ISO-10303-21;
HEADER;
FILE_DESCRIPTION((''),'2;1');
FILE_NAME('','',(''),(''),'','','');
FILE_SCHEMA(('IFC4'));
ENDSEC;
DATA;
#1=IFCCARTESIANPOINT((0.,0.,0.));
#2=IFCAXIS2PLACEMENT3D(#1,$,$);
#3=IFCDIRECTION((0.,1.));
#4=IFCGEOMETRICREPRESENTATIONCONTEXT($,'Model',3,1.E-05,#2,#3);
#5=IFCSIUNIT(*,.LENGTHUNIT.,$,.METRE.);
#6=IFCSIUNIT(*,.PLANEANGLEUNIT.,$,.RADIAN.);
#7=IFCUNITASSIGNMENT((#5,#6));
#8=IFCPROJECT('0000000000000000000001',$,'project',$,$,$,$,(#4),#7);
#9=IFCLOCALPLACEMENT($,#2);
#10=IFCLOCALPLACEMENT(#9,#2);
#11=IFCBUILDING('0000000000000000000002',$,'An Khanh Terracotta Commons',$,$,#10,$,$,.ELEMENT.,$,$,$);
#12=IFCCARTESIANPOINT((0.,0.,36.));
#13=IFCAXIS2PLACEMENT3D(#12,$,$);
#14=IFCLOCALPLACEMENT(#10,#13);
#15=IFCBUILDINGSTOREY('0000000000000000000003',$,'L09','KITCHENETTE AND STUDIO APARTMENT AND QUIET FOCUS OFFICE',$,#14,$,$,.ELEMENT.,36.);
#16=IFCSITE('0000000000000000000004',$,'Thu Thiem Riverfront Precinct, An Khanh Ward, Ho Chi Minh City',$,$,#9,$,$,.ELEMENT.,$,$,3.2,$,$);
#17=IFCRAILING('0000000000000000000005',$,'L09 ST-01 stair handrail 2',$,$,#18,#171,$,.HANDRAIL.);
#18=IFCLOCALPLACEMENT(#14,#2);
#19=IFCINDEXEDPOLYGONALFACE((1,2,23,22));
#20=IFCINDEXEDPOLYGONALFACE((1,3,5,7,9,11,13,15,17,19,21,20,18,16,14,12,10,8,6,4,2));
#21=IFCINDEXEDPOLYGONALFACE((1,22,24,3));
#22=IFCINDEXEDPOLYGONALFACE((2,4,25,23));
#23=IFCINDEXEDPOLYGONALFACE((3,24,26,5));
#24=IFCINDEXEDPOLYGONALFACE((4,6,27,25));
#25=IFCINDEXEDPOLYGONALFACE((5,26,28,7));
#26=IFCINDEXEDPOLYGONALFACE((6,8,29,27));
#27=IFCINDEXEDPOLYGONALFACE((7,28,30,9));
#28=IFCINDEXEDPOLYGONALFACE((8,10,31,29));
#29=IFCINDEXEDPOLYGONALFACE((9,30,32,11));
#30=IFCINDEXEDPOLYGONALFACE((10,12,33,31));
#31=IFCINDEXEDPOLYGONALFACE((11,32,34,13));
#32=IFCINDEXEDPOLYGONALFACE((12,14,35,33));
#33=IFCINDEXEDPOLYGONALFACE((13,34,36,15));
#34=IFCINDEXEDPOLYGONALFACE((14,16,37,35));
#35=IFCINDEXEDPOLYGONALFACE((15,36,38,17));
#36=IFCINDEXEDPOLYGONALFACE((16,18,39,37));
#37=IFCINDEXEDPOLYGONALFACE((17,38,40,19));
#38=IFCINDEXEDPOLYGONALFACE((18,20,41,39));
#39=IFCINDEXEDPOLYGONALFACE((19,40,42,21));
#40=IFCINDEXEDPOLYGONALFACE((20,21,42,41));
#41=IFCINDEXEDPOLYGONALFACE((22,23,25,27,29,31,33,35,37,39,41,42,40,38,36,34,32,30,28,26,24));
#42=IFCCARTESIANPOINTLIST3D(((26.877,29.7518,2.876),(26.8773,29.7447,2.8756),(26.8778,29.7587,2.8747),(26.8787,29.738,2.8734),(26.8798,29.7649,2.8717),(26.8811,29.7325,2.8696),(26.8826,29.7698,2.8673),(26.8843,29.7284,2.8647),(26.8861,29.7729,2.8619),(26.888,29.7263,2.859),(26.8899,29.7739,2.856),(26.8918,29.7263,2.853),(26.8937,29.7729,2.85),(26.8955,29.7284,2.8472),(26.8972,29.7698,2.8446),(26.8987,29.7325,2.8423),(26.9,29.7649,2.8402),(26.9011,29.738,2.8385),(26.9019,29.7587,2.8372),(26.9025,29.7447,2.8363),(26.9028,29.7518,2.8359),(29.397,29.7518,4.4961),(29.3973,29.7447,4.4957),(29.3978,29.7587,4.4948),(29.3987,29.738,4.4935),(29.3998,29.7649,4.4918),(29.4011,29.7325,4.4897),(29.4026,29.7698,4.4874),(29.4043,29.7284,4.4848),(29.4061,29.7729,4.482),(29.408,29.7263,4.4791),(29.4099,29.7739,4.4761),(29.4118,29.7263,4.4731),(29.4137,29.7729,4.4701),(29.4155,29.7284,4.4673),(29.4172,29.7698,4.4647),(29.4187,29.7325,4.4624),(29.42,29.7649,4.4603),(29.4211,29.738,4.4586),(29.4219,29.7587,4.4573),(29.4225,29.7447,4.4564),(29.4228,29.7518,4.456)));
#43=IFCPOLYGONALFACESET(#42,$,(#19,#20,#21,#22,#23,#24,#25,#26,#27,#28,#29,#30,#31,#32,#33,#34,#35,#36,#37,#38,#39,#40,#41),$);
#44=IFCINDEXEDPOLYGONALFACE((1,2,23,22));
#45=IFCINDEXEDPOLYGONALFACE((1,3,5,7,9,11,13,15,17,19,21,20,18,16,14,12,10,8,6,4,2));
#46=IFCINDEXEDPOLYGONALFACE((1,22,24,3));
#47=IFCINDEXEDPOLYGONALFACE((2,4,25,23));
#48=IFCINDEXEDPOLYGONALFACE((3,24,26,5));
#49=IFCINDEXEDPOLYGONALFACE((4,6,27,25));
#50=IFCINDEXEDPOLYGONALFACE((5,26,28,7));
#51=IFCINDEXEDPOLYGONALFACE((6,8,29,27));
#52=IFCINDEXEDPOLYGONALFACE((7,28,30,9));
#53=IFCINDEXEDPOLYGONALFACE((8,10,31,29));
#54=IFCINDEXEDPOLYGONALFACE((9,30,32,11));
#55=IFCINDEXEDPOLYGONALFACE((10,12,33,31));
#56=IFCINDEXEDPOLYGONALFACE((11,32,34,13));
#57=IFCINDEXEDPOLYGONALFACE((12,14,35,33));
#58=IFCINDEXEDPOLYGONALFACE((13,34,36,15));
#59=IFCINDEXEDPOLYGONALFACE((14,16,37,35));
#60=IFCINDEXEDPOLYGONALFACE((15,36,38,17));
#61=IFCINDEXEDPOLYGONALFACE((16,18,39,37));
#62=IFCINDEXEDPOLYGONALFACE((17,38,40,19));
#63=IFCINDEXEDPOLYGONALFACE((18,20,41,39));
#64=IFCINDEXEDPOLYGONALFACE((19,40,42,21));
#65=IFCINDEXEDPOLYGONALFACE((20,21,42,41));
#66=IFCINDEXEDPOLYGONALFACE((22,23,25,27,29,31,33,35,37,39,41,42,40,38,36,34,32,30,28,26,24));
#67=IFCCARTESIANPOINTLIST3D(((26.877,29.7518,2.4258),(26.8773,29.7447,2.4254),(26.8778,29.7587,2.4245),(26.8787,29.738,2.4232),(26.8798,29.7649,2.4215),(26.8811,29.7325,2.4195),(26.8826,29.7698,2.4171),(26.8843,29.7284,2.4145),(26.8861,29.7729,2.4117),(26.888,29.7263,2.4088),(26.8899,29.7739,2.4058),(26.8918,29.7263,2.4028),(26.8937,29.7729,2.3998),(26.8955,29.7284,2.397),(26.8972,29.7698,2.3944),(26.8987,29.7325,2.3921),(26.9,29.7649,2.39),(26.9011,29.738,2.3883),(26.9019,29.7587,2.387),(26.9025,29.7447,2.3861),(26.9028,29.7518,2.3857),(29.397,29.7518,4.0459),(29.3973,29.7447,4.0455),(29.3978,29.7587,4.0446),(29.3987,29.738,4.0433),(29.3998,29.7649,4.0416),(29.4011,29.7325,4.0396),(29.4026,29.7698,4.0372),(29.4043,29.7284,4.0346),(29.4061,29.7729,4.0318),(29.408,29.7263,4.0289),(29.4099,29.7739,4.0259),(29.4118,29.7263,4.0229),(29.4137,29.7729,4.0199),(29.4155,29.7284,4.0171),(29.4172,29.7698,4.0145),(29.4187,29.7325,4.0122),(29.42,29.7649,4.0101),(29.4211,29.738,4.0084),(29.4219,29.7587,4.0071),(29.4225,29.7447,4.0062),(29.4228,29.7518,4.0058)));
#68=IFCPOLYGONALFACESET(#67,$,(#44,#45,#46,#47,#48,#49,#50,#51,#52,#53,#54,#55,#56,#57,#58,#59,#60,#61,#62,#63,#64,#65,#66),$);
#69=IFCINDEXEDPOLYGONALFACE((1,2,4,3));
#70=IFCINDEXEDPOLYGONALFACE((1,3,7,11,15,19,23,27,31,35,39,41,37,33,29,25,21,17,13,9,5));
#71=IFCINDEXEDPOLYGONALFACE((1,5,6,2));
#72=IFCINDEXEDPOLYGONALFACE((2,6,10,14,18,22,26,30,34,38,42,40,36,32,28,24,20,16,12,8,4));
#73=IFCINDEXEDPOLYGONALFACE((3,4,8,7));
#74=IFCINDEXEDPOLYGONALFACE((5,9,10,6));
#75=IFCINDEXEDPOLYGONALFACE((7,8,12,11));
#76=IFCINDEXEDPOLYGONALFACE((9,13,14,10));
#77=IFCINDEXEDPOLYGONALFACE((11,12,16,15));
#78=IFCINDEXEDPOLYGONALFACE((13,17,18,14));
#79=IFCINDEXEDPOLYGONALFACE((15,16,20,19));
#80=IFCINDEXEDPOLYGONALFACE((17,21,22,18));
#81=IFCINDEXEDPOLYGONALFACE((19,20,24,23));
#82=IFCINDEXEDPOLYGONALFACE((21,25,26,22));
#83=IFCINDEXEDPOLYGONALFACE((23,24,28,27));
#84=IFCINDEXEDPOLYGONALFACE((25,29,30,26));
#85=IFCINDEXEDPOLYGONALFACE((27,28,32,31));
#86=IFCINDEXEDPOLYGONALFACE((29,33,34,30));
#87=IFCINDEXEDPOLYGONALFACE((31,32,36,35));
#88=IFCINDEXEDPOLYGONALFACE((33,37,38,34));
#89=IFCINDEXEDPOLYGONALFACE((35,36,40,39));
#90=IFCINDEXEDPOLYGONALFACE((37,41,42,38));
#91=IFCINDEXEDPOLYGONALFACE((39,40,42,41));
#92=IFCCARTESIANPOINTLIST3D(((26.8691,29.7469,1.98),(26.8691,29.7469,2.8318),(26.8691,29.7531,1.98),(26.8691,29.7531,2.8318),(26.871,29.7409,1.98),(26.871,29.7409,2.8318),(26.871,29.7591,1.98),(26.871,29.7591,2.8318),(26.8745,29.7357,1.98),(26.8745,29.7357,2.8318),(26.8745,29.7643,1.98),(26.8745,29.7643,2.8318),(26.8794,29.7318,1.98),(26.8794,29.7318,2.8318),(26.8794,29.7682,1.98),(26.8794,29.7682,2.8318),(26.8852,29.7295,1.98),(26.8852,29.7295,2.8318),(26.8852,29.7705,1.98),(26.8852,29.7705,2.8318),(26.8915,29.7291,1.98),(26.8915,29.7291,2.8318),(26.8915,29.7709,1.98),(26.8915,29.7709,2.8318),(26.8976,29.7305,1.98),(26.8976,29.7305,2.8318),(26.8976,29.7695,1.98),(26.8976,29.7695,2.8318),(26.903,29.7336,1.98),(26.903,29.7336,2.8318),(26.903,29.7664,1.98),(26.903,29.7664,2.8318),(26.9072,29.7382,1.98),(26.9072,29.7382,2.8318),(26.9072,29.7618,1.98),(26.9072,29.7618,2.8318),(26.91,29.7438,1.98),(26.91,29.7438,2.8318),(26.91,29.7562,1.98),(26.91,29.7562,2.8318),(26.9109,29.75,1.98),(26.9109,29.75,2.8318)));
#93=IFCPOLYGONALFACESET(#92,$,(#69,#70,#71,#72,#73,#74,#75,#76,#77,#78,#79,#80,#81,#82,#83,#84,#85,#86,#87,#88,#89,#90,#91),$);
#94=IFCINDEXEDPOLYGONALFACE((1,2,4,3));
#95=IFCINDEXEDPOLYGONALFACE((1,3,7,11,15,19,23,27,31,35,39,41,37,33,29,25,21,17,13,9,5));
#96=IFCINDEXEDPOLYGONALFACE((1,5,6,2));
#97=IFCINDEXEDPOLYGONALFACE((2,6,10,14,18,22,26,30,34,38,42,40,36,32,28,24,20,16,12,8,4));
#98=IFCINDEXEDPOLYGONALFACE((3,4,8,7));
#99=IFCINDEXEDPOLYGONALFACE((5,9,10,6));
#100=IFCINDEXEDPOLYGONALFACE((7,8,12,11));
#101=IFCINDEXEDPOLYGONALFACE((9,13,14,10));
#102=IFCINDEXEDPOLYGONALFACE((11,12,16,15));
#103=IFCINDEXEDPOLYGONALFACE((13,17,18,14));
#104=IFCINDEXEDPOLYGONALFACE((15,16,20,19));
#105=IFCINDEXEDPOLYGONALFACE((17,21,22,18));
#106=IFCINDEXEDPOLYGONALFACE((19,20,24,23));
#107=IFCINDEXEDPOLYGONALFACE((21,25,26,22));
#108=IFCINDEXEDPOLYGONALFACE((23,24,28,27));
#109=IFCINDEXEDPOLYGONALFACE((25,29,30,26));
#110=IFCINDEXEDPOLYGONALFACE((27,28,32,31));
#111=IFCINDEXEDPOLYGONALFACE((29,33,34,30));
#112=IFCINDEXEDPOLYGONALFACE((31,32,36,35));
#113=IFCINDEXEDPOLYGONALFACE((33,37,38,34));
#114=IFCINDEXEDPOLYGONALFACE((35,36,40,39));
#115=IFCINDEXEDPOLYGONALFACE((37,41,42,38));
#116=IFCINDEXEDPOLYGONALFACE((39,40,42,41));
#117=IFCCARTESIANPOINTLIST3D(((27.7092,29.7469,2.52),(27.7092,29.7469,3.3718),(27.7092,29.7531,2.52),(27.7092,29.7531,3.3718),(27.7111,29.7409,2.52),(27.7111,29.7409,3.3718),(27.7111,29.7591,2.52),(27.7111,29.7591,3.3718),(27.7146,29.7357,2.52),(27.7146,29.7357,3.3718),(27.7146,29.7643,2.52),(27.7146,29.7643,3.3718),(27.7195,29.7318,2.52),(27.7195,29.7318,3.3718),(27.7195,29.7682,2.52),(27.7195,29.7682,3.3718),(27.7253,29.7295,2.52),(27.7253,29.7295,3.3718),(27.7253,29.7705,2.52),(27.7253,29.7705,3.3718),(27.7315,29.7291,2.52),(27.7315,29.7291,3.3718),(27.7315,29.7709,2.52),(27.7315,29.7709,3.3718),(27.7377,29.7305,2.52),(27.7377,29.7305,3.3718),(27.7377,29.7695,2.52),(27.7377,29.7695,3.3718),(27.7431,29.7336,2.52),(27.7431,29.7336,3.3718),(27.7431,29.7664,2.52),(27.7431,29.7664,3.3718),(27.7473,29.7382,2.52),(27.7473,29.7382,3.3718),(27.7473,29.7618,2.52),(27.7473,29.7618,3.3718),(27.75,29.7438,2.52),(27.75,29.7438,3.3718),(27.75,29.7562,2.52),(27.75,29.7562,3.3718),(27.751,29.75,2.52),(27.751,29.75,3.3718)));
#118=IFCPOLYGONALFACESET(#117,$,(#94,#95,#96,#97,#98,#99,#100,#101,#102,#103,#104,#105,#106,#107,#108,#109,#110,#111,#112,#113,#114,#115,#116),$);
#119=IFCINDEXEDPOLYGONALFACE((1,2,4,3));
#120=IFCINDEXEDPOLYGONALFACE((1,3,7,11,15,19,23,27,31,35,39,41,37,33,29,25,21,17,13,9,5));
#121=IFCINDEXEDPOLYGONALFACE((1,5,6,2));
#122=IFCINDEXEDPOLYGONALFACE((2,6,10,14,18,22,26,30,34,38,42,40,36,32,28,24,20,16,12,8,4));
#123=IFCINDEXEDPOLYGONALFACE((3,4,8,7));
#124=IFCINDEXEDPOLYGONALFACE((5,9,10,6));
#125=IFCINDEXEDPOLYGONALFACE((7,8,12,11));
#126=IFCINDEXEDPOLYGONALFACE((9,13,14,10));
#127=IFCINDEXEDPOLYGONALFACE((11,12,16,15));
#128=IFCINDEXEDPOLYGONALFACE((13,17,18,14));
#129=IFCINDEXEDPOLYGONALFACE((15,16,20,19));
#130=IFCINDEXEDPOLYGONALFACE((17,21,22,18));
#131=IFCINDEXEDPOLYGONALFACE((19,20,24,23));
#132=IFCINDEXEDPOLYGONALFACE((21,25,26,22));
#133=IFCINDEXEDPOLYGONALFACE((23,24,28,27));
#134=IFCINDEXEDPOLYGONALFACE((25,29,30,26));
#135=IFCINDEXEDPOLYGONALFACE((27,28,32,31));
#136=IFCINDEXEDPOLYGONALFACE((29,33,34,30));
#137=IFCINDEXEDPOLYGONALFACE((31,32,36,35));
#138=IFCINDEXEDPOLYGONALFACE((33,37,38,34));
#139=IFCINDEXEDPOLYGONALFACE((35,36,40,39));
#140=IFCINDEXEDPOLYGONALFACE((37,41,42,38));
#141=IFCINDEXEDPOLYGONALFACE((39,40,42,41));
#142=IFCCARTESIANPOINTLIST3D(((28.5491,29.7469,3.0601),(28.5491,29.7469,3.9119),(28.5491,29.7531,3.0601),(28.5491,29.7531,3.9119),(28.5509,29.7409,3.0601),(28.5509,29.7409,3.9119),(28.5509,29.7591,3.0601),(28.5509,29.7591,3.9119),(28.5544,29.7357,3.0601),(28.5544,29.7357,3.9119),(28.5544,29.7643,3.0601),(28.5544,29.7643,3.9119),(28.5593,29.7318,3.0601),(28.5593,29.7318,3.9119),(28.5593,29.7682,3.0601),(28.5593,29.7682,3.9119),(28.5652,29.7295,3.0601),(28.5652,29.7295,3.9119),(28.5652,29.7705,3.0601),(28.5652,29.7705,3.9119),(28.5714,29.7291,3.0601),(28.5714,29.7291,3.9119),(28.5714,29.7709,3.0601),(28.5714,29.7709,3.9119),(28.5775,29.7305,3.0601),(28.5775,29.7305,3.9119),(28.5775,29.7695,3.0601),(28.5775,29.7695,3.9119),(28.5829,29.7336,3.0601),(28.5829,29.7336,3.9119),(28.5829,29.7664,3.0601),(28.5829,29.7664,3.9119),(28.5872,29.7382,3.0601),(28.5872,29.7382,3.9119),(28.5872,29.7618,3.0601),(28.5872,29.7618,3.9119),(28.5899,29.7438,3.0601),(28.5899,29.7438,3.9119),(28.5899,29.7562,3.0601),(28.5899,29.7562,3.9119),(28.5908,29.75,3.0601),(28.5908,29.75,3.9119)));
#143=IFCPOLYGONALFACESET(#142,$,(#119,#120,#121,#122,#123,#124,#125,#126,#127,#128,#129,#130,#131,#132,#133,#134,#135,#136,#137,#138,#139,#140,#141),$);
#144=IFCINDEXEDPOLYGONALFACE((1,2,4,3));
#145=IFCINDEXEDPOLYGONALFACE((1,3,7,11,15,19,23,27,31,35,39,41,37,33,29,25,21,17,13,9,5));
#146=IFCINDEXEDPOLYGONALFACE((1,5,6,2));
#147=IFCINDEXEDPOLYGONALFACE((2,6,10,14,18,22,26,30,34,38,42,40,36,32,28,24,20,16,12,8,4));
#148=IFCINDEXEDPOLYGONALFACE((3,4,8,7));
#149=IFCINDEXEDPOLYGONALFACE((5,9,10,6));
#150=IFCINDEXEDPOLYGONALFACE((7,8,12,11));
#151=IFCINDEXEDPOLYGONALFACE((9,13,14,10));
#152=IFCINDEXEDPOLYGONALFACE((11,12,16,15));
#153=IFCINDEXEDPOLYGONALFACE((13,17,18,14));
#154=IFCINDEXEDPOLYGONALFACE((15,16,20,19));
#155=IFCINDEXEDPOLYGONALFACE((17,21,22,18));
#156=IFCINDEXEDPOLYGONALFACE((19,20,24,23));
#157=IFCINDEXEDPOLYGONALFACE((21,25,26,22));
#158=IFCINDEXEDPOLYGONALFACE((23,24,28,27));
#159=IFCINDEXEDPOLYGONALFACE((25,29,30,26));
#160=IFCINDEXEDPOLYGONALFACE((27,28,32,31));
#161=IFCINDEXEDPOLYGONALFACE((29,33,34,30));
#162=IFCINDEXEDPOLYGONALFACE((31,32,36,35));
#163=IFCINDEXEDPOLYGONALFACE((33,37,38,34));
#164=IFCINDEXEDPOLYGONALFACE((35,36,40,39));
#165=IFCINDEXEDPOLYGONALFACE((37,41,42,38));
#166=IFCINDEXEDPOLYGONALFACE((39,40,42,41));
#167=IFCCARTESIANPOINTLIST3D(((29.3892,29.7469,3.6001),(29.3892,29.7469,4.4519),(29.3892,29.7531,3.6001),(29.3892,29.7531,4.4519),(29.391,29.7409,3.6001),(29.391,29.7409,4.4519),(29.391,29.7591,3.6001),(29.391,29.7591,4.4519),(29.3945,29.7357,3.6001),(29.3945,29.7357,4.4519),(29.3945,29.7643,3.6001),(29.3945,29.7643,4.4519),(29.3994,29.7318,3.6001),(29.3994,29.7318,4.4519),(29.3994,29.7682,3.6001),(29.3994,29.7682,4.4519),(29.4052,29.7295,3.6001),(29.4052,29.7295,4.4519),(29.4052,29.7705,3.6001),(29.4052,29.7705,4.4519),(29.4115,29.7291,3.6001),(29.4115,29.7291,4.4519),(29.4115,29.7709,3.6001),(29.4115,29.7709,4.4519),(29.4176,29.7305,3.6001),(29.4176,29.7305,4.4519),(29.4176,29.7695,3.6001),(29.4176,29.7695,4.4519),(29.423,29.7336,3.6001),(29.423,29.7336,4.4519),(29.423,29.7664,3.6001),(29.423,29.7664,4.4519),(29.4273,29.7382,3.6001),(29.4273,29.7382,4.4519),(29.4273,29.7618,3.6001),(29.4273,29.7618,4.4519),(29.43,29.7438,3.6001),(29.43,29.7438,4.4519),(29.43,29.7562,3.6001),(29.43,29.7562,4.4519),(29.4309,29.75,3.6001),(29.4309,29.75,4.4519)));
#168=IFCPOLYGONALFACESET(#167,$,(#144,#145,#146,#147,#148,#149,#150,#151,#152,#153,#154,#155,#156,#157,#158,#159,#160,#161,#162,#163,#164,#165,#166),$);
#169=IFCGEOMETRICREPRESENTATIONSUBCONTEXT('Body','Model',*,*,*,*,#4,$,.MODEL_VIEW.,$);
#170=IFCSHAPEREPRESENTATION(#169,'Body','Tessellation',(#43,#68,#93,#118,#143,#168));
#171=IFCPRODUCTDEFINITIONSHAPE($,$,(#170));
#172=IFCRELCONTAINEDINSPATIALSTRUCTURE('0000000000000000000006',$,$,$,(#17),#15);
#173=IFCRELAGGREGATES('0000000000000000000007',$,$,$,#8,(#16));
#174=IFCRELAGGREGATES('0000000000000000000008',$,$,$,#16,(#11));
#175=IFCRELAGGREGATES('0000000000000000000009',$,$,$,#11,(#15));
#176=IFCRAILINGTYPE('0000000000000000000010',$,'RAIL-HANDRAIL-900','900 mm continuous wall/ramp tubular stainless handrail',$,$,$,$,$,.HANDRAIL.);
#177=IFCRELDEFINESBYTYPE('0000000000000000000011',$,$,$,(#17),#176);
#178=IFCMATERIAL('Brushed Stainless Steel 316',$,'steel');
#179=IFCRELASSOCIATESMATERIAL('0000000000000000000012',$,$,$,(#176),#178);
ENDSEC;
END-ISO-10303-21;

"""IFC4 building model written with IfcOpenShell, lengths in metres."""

from ifc_helpers import new_model, si_unit, direction, frame, origin, origin_2d, place, context, subcontext, project, spatial, circle, extrude, material, type_object, element, save


model = new_model("IFC4")

# Units and contexts
model_context = context("Model", 3, precision=1e-05, world=origin(), true_north=direction((0.0, 1.0)))
body_context = subcontext(model_context, "Body", "Model", "MODEL_VIEW")
ifc_project = project(units=[si_unit("LENGTHUNIT", "METRE"), si_unit("PLANEANGLEUNIT", "RADIAN")], contexts=[model_context])

# Site, building, storey
site_placement = place(None, origin())
site = spatial("IfcSite", under=ifc_project, at=site_placement, Name="Thu Thiem Riverfront Precinct, An Khanh Ward, Ho Chi Minh City", CompositionType="ELEMENT", RefElevation=3.2)
building_placement = place(site_placement, origin())
building = spatial("IfcBuilding", under=site, at=building_placement, Name="An Khanh Terracotta Commons", CompositionType="ELEMENT")
storey_placement = place(building_placement, frame((0.0, 0.0, 36.0)))
storey = spatial("IfcBuildingStorey", under=building, at=storey_placement, Name="L09", Description="KITCHENETTE AND STUDIO APARTMENT AND QUIET FOCUS OFFICE", CompositionType="ELEMENT", Elevation=36.0)

# Railing
ifc_material_1 = material(Name="Brushed Stainless Steel 316", Category="steel")
railing_type_1 = type_object("IfcRailingType", Name="RAIL-HANDRAIL-900", Description="900 mm continuous wall/ramp tubular stainless handrail", PredefinedType="HANDRAIL", material=ifc_material_1)
railing_1_placement = place(storey_placement, frame((26.8899, 29.75, 1.98)))
element("IfcRailing", 1, at=railing_1_placement, inside=storey, type_object=railing_type_1, Name="L09 ST-01 stair handrail 2", PredefinedType="HANDRAIL", context=body_context, shape_type="SweptSolid", body=[
    extrude(circle(Radius=0.0239, at=origin_2d()), frame((0.0, 0.0, 0.876), z_axis=(0.841163, 0.0, 0.540782), x_axis=(0.0, 1.0, 0.0)), (0.0, 0.0, 1.0), 2.9958),
    extrude(circle(Radius=0.0239, at=origin_2d()), frame((0.0, 0.0, 0.4258), z_axis=(0.841163, 0.0, 0.540782), x_axis=(0.0, 1.0, 0.0)), (0.0, 0.0, 1.0), 2.9958),
    extrude(circle(Radius=0.021, at=origin_2d()), origin(), (0.0, 0.0, 1.0), 0.8518),
    extrude(circle(Radius=0.021, at=origin_2d()), frame((0.8401, 0.0, 0.54)), (0.0, 0.0, 1.0), 0.8518),
    extrude(circle(Radius=0.021, at=origin_2d()), frame((1.6799, 0.0, 1.0801)), (0.0, 0.0, 1.0), 0.8518),
    extrude(circle(Radius=0.021, at=origin_2d()), frame((2.52, 0.0, 1.6201)), (0.0, 0.0, 1.0), 0.8518),
])

save(model, "model.ifc")
